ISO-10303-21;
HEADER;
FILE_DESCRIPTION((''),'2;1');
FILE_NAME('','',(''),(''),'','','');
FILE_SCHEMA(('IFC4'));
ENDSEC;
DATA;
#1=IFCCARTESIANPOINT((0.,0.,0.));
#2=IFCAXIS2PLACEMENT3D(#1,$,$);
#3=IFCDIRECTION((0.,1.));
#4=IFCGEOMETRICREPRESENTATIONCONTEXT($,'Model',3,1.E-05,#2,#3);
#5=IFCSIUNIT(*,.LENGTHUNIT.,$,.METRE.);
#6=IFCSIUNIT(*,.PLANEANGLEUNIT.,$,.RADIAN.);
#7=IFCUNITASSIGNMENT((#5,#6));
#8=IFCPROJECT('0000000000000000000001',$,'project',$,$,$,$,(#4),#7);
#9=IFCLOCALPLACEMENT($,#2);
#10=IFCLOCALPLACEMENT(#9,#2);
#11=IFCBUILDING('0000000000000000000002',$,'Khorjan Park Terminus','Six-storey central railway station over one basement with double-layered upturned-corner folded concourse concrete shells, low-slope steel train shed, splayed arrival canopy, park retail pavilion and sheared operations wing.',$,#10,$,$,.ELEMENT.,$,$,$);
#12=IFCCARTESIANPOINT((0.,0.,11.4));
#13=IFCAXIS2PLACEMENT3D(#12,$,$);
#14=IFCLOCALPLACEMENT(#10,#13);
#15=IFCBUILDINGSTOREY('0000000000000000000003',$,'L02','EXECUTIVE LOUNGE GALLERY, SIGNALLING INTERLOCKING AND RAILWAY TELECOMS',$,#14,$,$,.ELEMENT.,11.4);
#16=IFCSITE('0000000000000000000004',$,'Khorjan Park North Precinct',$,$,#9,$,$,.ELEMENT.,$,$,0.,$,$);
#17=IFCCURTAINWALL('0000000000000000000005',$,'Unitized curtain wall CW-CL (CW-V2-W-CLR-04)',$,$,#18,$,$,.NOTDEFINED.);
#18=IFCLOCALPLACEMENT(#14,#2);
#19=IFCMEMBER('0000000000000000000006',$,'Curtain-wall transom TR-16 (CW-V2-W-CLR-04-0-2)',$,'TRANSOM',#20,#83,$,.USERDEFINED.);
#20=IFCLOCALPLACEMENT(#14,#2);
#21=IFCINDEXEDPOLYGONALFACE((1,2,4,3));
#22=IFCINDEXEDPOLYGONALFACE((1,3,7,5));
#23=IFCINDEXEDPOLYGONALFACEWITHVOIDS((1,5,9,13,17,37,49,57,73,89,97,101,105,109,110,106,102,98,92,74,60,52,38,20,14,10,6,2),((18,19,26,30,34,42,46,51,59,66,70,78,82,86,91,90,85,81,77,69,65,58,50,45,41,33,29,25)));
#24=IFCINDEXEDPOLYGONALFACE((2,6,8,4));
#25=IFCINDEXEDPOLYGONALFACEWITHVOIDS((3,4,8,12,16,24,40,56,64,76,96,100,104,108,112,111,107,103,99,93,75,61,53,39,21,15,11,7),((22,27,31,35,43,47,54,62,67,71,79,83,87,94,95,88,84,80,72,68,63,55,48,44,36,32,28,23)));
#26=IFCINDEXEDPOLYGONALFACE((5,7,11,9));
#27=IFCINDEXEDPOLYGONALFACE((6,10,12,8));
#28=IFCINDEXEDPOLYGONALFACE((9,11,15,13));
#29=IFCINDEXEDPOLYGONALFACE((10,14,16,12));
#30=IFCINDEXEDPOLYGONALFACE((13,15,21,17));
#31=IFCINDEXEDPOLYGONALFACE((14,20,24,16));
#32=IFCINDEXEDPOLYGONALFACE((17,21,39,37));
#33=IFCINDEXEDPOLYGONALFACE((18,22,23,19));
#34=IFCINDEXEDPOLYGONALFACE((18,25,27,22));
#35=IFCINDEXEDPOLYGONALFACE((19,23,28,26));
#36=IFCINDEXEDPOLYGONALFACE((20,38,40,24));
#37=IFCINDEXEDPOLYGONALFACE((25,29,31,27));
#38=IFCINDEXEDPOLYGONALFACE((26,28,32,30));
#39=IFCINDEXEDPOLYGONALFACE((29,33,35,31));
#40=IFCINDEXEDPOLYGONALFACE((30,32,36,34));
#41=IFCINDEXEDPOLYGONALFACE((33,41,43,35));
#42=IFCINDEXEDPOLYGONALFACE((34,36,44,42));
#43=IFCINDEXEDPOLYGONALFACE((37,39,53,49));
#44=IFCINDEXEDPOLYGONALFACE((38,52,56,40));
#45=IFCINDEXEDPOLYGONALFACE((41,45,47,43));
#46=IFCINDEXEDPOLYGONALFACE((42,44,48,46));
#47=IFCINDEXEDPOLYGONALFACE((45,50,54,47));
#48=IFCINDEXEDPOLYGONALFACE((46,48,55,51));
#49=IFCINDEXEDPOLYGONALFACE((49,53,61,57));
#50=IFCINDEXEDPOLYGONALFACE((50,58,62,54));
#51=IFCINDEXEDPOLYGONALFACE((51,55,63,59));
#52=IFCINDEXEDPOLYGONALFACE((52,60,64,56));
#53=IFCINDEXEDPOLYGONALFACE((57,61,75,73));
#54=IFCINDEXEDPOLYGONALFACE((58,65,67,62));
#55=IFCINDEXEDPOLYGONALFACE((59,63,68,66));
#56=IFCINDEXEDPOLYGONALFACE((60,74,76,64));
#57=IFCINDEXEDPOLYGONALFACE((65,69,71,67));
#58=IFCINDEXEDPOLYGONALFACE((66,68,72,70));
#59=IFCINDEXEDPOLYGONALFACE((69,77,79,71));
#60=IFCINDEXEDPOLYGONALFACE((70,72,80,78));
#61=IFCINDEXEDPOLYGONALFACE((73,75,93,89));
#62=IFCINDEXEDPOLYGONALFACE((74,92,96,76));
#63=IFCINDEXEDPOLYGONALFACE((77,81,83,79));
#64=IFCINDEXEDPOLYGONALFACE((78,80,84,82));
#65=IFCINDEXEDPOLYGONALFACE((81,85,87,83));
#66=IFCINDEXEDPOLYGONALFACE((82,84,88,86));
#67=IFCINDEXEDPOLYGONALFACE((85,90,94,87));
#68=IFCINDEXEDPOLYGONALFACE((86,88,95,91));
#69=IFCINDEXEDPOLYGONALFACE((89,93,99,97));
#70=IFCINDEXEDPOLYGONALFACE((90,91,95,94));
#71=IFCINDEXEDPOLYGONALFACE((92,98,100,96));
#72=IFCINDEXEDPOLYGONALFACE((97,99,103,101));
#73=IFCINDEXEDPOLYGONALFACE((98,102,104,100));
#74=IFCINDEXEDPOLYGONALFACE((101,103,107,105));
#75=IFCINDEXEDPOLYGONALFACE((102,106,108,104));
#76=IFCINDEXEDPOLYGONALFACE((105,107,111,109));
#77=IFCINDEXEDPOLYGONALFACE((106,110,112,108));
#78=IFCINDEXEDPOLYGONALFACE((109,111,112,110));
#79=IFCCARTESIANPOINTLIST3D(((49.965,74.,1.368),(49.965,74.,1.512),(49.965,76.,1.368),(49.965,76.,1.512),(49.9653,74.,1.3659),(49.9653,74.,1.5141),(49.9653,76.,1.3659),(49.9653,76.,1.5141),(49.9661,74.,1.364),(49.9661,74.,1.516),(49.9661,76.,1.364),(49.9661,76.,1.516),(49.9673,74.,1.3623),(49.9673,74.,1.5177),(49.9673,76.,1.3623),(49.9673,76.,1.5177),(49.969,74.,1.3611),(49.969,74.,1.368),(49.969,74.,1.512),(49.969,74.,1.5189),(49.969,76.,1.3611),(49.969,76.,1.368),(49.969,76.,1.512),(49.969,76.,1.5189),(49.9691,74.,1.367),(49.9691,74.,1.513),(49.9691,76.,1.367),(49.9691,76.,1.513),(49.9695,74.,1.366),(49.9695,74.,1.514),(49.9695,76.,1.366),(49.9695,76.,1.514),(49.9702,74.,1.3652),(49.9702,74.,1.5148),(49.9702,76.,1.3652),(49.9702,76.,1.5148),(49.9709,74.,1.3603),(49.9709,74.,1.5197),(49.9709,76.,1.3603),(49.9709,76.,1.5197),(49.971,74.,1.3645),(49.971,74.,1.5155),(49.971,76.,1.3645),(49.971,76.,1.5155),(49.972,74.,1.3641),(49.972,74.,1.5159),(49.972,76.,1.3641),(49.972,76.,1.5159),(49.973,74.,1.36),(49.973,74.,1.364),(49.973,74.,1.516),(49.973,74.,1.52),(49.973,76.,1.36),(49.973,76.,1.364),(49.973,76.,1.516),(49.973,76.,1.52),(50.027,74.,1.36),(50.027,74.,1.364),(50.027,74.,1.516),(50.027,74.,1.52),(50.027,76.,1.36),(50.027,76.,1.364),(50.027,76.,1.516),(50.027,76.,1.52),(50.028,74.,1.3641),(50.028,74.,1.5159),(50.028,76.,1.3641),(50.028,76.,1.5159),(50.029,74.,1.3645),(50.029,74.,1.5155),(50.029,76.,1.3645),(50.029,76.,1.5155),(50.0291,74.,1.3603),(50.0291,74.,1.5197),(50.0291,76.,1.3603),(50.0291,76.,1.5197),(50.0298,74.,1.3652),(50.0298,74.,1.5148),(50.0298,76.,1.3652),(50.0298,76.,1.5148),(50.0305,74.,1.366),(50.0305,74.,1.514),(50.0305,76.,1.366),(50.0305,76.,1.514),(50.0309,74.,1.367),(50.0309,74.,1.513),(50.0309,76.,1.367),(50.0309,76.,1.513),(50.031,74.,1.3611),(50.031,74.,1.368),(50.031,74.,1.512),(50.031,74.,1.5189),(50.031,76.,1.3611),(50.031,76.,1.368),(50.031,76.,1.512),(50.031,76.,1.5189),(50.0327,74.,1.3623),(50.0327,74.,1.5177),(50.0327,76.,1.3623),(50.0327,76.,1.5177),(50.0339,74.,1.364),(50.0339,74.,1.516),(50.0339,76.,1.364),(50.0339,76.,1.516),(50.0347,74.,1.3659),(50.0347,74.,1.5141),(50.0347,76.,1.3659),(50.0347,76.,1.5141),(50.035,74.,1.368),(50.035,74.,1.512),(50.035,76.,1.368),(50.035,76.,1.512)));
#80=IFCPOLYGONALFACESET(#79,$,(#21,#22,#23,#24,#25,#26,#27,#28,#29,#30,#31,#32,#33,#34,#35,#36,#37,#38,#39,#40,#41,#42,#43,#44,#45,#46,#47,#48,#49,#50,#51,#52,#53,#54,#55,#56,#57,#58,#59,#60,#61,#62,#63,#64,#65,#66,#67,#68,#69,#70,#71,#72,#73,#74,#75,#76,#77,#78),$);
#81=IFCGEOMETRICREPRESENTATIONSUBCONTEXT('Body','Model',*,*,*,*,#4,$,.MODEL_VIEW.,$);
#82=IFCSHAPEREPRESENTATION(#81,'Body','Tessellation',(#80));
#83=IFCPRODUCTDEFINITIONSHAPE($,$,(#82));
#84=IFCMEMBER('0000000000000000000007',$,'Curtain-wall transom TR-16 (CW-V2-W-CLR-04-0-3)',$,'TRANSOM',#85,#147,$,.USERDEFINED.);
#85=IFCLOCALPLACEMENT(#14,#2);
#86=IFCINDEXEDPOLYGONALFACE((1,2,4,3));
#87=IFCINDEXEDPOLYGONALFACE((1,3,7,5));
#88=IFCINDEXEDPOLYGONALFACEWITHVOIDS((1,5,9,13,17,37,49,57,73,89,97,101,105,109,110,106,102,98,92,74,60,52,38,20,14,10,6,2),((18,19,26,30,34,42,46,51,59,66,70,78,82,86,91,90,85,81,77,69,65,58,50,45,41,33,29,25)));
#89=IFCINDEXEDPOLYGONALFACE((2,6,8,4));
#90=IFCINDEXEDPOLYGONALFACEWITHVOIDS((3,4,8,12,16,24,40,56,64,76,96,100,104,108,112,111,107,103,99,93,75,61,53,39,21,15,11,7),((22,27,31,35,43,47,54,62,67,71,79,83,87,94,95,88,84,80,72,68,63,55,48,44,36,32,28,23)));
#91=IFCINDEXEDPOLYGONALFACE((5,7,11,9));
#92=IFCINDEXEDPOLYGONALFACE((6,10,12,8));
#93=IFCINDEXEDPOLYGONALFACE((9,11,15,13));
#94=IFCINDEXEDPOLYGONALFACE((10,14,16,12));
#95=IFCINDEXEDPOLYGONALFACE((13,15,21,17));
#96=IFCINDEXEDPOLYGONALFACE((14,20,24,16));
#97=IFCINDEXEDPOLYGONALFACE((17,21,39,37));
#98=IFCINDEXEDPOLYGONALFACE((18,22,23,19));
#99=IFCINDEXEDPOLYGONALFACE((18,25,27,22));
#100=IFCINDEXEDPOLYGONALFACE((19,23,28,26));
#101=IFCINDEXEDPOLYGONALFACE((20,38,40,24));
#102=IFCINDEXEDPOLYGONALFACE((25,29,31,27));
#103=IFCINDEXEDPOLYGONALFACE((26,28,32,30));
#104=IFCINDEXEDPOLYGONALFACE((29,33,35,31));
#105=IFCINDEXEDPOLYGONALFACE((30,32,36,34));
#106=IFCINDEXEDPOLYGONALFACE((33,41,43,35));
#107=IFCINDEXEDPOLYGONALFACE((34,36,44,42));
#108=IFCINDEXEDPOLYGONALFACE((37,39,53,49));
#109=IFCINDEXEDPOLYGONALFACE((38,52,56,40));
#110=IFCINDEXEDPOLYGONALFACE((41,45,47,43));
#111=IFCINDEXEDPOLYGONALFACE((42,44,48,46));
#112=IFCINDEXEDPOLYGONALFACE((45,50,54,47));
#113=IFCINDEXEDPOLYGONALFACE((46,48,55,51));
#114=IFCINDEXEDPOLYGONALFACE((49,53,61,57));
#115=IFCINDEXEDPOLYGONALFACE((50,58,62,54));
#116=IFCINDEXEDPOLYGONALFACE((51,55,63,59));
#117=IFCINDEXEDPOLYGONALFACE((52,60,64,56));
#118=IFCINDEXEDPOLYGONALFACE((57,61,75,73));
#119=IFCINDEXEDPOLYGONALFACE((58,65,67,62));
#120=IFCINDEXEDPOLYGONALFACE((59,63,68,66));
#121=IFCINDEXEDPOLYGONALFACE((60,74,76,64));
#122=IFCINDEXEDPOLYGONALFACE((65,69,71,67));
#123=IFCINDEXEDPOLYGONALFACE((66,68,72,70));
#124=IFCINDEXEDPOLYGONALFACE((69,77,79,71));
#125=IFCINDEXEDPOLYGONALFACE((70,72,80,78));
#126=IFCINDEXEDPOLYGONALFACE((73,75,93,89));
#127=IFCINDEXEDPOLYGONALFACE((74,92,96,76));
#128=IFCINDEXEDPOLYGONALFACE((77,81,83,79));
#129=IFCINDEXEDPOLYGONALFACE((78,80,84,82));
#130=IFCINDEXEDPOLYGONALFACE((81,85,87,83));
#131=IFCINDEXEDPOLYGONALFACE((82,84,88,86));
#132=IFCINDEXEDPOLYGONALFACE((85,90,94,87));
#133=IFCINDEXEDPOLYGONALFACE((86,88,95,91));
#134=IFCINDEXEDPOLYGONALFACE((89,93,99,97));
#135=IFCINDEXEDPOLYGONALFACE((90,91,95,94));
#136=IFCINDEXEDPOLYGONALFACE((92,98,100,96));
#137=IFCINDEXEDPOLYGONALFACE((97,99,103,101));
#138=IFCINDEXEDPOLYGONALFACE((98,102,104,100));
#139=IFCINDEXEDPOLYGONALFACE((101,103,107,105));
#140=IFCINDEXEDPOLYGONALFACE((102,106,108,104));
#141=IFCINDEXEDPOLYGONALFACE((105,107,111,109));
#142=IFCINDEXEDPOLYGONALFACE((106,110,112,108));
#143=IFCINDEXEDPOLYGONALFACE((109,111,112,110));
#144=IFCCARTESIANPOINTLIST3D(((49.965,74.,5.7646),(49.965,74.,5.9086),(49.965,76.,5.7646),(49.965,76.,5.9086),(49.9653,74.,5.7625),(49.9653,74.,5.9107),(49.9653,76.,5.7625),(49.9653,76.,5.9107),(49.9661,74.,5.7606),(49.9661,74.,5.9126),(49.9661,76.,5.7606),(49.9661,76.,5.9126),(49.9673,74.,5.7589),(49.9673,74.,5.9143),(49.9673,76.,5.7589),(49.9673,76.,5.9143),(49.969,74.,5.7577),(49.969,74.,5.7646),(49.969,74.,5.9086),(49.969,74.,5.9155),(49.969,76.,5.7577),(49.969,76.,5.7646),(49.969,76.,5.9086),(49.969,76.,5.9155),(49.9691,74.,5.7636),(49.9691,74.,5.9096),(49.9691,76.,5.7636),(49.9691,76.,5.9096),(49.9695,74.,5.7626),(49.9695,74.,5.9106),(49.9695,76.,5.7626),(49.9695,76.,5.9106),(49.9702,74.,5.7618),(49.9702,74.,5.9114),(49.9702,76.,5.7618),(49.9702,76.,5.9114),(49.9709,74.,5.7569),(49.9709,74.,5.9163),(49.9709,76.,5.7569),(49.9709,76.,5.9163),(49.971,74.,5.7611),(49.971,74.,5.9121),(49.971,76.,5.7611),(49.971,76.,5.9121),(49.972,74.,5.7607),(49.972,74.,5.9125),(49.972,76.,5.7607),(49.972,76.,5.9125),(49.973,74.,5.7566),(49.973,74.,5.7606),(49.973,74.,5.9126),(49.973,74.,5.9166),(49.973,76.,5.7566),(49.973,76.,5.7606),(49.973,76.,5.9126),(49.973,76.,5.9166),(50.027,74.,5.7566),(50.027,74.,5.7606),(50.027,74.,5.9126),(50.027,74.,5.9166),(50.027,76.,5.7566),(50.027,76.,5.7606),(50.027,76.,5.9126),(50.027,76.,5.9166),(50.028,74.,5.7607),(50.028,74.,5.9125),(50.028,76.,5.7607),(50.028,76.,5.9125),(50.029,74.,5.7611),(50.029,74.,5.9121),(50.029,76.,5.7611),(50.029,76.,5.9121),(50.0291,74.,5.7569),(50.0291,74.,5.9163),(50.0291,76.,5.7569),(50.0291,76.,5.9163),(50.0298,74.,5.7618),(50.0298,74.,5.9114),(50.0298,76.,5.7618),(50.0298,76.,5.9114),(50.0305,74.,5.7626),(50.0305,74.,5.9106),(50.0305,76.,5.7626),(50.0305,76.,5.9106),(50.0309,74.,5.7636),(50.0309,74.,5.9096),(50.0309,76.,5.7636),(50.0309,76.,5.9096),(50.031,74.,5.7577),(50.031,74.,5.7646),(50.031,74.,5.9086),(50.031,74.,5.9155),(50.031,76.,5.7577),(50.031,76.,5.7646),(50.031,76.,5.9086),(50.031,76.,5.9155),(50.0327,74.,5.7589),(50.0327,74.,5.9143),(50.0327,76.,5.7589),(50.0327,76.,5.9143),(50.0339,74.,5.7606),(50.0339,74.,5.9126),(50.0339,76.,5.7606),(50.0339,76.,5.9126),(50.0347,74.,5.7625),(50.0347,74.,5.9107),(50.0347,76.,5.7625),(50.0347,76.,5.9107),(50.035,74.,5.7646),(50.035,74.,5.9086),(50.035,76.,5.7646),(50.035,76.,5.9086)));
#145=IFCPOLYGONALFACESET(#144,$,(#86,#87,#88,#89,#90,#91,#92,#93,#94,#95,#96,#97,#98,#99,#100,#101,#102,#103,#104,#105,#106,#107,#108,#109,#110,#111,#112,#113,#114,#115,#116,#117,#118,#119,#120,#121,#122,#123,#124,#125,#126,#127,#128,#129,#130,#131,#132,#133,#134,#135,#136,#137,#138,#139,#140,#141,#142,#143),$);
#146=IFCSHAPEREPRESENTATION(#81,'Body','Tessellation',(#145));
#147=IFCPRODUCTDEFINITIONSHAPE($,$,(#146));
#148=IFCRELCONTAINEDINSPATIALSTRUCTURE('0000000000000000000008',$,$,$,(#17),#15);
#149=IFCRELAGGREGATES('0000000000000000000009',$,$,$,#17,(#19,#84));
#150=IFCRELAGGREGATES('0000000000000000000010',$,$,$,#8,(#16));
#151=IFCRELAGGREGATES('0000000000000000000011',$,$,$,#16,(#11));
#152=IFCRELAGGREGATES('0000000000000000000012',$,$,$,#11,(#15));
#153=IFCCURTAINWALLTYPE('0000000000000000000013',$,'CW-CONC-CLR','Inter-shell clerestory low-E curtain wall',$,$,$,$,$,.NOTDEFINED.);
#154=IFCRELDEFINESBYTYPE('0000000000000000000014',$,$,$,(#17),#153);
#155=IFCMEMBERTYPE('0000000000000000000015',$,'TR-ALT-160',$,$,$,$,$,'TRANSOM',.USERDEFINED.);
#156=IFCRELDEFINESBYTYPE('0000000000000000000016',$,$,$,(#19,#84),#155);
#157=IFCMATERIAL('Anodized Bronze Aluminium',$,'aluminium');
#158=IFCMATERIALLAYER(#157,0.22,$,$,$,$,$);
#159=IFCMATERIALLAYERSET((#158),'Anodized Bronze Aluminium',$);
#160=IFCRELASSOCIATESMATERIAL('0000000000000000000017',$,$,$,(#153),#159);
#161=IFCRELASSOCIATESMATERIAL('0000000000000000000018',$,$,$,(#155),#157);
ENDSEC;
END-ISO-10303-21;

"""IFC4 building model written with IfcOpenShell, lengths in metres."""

from ifc_helpers import new_model, si_unit, direction, frame, origin, origin_2d, place, context, subcontext, project, spatial, hollow_rectangle, extrude, material, layer, layer_set, material_profile, profile_set, type_object, element, aggregate, save


model = new_model("IFC4")

# Units and contexts
model_context = context("Model", 3, precision=1e-05, world=origin(), true_north=direction((0.0, 1.0)))
body_context = subcontext(model_context, "Body", "Model", "MODEL_VIEW")
ifc_project = project(units=[si_unit("LENGTHUNIT", "METRE"), si_unit("PLANEANGLEUNIT", "RADIAN")], contexts=[model_context])

# Site, building, storey
site_placement = place(None, origin())
site = spatial("IfcSite", under=ifc_project, at=site_placement, Name="Khorjan Park North Precinct", CompositionType="ELEMENT", RefElevation=0.0)
building_placement = place(site_placement, origin())
building = spatial("IfcBuilding", under=site, at=building_placement, Name="Khorjan Park Terminus", Description="Six-storey central railway station over one basement with double-layered upturned-corner folded concourse concrete shells, low-slope steel train shed, splayed arrival canopy, park retail pavilion and sheared operations wing.", CompositionType="ELEMENT")
storey_placement = place(building_placement, frame((0.0, 0.0, 11.4)))
storey = spatial("IfcBuildingStorey", under=building, at=storey_placement, Name="L02", Description="EXECUTIVE LOUNGE GALLERY, SIGNALLING INTERLOCKING AND RAILWAY TELECOMS", CompositionType="ELEMENT", Elevation=11.4)

# Curtain wall, members
ifc_material_1 = material(Name="Anodized Bronze Aluminium", Category="aluminium")
ifc_layer_1 = layer(ifc_material_1, 0.22)
ifc_layer_set_1 = layer_set([ifc_layer_1], Name="Anodized Bronze Aluminium")
curtain_wall_type = type_object("IfcCurtainWallType", Name="CW-CONC-CLR", Description="Inter-shell clerestory low-E curtain wall", PredefinedType="NOTDEFINED", material=ifc_layer_set_1)
curtain_wall_1_placement = place(storey_placement, origin())
curtain_wall_1 = element("IfcCurtainWall", 1, at=curtain_wall_1_placement, inside=storey, type_object=curtain_wall_type, Name="Unitized curtain wall CW-CL (CW-V2-W-CLR-04)", PredefinedType="NOTDEFINED")
ifc_material_profile_1 = material_profile(ifc_material_1, hollow_rectangle(XDim=0.07, YDim=0.16, WallThickness=0.004, InnerFilletRadius=0.004, OuterFilletRadius=0.008, at=origin_2d()), Name="ALT 70x160x4")
ifc_profile_set_1 = profile_set([ifc_material_profile_1], Name="Anodized Bronze Aluminium")
member_type_1 = type_object("IfcMemberType", Name="TR-ALT-160", ElementType="TRANSOM", PredefinedType="USERDEFINED", material=ifc_profile_set_1)
member_1_placement = place(storey_placement, frame((50.0, 76.0, 1.44), z_axis=(0.0, -1.0, 0.0), x_axis=(1.0, 0.0, 0.0)))
member_1 = element("IfcMember", 2, at=member_1_placement, type_object=member_type_1, Name="Curtain-wall transom TR-16 (CW-V2-W-CLR-04-0-2)", ObjectType="TRANSOM", PredefinedType="USERDEFINED", context=body_context, shape_type="SweptSolid", body=[
    extrude(hollow_rectangle(XDim=0.07, YDim=0.16, WallThickness=0.004, InnerFilletRadius=0.004, OuterFilletRadius=0.008, at=origin_2d()), origin(), (0.0, 0.0, 1.0), 2.0),
])
member_2_placement = place(storey_placement, frame((50.0, 76.0, 5.8366), z_axis=(0.0, -1.0, 0.0), x_axis=(1.0, 0.0, 0.0)))
member_2 = element("IfcMember", 3, at=member_2_placement, type_object=member_type_1, Name="Curtain-wall transom TR-16 (CW-V2-W-CLR-04-0-3)", ObjectType="TRANSOM", PredefinedType="USERDEFINED", context=body_context, shape_type="SweptSolid", body=[
    extrude(hollow_rectangle(XDim=0.07, YDim=0.16, WallThickness=0.004, InnerFilletRadius=0.004, OuterFilletRadius=0.008, at=origin_2d()), origin(), (0.0, 0.0, 1.0), 2.0),
])

aggregate(curtain_wall_1, [member_1, member_2])

save(model, "model.ifc")
